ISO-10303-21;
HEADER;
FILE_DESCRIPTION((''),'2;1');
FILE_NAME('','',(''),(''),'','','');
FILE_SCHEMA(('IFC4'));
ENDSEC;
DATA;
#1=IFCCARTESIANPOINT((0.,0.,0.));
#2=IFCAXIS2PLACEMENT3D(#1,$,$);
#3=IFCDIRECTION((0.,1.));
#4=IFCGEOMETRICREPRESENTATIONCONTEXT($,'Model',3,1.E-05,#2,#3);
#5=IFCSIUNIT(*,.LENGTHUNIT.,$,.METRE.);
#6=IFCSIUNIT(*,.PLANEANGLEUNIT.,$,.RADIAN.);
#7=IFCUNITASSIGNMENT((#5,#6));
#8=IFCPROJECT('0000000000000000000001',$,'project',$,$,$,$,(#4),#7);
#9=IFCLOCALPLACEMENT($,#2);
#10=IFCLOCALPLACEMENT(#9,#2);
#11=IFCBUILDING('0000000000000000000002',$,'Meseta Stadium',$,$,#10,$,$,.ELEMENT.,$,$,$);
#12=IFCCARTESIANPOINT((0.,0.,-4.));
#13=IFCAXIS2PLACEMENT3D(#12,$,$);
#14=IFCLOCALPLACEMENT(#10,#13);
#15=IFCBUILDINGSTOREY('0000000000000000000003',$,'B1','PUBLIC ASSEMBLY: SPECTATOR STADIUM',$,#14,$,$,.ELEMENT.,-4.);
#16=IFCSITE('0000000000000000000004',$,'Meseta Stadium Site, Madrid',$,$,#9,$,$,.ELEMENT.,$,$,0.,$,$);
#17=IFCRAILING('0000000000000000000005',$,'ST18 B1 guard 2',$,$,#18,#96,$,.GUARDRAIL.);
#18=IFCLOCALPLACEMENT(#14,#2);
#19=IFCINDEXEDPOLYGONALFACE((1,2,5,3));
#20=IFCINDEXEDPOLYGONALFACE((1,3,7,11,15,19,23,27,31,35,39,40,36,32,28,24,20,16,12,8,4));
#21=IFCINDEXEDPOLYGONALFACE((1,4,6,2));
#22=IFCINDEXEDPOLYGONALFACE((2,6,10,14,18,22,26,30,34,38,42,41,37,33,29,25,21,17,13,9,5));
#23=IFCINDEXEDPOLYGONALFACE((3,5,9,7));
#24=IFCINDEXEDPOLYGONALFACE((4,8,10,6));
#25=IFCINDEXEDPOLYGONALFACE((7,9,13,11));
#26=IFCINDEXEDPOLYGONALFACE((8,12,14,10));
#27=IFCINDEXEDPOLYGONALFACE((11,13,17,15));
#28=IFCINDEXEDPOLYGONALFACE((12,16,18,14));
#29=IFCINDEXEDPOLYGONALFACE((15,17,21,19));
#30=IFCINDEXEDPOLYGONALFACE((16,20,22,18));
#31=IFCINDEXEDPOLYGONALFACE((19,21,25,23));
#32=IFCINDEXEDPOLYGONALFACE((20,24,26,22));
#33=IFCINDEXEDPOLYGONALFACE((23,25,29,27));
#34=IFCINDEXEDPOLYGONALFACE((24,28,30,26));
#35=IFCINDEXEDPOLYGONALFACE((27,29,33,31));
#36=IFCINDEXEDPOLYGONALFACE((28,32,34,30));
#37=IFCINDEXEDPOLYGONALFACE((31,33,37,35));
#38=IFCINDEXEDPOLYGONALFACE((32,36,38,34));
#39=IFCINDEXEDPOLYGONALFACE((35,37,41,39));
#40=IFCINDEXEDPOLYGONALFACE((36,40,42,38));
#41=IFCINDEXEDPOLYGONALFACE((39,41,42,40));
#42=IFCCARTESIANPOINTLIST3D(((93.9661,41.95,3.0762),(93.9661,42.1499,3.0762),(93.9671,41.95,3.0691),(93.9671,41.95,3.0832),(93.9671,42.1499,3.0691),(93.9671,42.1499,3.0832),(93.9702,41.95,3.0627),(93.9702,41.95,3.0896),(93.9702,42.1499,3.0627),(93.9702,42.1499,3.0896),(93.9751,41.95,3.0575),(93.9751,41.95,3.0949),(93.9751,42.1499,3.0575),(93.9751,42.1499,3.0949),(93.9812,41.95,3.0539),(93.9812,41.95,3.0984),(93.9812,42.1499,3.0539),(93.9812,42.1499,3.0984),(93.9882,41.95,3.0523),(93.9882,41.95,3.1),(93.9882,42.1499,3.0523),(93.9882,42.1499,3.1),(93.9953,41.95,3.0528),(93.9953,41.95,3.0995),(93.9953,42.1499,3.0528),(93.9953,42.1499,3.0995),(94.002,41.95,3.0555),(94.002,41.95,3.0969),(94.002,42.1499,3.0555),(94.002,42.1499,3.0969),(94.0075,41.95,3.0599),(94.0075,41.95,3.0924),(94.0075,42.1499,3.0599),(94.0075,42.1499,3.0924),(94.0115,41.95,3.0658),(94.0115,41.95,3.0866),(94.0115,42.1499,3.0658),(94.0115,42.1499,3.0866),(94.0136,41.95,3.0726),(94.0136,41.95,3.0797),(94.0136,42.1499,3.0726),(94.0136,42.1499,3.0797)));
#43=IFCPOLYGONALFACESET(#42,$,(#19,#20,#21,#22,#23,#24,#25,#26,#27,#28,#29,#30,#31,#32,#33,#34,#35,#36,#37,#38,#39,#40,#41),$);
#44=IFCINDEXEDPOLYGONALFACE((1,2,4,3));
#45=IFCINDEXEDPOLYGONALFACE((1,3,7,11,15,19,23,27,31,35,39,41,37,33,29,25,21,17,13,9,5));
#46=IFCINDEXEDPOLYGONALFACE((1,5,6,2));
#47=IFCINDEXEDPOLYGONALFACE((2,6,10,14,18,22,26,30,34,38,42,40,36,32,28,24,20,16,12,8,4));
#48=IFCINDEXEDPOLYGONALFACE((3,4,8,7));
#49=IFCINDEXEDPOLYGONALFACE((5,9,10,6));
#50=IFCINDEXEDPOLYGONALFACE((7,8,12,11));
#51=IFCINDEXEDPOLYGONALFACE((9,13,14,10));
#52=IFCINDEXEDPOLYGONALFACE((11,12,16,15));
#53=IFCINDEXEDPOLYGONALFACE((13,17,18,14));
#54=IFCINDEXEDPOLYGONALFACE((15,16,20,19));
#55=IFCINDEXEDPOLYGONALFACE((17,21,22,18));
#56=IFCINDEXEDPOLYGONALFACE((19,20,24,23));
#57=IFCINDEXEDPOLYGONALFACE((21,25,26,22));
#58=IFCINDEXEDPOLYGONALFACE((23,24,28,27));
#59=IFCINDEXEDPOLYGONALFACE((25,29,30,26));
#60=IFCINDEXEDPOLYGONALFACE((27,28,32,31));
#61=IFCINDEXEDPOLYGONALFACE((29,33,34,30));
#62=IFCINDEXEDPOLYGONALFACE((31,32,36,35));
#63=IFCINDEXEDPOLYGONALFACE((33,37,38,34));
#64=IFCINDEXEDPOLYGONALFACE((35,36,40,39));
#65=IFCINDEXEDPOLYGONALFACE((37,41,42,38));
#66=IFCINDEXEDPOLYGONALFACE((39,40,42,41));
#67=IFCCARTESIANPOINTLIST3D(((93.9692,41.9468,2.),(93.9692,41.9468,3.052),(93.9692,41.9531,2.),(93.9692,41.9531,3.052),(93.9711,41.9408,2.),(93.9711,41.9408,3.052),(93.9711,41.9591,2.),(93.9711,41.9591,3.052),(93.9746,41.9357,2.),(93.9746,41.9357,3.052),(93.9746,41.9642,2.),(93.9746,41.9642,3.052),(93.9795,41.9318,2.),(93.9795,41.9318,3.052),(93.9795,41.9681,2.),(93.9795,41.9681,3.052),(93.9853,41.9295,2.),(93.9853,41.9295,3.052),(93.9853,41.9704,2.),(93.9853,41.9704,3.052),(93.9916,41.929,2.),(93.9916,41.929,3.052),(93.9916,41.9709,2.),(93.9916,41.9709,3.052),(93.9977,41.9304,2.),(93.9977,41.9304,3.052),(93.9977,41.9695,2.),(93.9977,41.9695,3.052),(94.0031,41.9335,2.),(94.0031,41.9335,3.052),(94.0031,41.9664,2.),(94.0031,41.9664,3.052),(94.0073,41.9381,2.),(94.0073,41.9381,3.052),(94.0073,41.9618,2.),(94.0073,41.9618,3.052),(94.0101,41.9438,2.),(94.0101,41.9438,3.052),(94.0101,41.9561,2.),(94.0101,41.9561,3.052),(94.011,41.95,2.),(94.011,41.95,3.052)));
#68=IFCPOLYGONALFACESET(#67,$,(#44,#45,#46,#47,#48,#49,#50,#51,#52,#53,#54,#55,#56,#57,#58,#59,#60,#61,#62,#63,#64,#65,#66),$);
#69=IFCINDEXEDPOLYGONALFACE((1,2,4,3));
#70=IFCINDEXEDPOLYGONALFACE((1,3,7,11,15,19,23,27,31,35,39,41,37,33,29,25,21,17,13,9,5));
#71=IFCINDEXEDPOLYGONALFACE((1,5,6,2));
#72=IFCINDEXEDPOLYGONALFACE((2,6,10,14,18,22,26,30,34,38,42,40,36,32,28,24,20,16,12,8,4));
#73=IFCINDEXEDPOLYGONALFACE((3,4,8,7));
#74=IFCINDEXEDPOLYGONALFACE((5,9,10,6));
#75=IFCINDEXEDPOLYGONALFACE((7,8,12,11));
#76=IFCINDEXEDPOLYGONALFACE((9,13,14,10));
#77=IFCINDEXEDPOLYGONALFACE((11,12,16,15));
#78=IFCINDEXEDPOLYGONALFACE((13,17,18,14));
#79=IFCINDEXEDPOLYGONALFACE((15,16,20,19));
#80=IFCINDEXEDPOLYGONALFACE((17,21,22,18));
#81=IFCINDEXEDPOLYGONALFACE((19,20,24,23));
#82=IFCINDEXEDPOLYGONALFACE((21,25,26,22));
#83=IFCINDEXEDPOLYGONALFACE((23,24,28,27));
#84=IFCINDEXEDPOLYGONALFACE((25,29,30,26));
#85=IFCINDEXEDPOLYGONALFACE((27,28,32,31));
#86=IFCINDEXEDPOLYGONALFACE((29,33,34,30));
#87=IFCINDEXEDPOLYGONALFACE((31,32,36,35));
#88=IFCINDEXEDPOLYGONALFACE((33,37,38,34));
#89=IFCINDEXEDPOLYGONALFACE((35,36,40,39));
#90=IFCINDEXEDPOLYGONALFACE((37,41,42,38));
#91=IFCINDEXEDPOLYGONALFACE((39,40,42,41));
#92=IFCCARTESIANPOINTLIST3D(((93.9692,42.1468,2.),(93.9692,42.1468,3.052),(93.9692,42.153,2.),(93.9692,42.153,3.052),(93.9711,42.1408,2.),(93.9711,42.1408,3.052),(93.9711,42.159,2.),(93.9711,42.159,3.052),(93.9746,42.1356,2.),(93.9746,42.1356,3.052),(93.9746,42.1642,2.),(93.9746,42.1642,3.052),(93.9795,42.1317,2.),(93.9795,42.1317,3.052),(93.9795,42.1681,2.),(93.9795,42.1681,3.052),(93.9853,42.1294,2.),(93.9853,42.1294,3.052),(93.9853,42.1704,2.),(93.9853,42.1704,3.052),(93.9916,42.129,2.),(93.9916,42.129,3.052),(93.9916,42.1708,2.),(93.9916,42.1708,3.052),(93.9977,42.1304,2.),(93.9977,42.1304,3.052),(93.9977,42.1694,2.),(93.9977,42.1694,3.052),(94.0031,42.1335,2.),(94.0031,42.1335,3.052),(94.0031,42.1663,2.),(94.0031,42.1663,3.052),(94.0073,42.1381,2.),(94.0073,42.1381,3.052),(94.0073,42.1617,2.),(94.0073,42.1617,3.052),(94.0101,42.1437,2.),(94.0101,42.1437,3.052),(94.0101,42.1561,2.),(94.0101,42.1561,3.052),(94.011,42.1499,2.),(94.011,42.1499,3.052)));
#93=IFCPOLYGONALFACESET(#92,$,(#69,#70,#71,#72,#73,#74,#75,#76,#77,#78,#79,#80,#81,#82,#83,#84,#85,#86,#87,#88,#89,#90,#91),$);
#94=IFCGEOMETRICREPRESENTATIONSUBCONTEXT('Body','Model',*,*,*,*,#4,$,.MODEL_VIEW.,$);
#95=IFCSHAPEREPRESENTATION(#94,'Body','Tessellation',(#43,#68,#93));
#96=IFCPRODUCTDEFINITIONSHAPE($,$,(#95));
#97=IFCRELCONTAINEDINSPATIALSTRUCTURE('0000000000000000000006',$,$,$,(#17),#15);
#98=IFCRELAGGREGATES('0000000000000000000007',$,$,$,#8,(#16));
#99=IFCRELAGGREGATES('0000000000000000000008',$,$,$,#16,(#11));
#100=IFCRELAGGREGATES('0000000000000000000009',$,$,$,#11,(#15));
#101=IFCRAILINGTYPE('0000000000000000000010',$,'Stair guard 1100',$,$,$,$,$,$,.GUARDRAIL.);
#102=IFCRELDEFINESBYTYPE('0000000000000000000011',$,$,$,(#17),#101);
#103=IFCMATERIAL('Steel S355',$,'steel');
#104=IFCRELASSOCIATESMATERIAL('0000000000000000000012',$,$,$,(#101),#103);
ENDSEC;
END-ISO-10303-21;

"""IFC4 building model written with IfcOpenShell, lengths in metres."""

from ifc_helpers import new_model, si_unit, direction, frame, origin, origin_2d, place, context, subcontext, project, spatial, circle, extrude, material, type_object, element, save


model = new_model("IFC4")

# Units and contexts
model_context = context("Model", 3, precision=1e-05, world=origin(), true_north=direction((0.0, 1.0)))
body_context = subcontext(model_context, "Body", "Model", "MODEL_VIEW")
ifc_project = project(units=[si_unit("LENGTHUNIT", "METRE"), si_unit("PLANEANGLEUNIT", "RADIAN")], contexts=[model_context])

# Site, building, storey
site_placement = place(None, origin())
site = spatial("IfcSite", under=ifc_project, at=site_placement, Name="Meseta Stadium Site, Madrid", CompositionType="ELEMENT", RefElevation=0.0)
building_placement = place(site_placement, origin())
building = spatial("IfcBuilding", under=site, at=building_placement, Name="Meseta Stadium", CompositionType="ELEMENT")
storey_placement = place(building_placement, frame((0.0, 0.0, -4.0)))
storey = spatial("IfcBuildingStorey", under=building, at=storey_placement, Name="B1", Description="PUBLIC ASSEMBLY: SPECTATOR STADIUM", CompositionType="ELEMENT", Elevation=-4.0)

# Railing
ifc_material_1 = material(Name="Steel S355", Category="steel")
railing_type_1 = type_object("IfcRailingType", Name="Stair guard 1100", PredefinedType="GUARDRAIL", material=ifc_material_1)
for number, where, name in (
    (1, (93.99, 41.95, 2.0), "ST18 B1 guard 2"),
):
    element("IfcRailing", number, at=place(storey_placement, frame(where)), inside=storey, type_object=railing_type_1, Name=name, PredefinedType="GUARDRAIL", context=body_context, shape_type="SweptSolid", body=[
        extrude(circle(Radius=0.0239, at=origin_2d()), frame((0.0, 0.0, 1.0762), z_axis=(0.0, 1.0, 0.0), x_axis=(-1.0, 0.0, 0.0)), (0.0, 0.0, 1.0), 0.2),
        extrude(circle(Radius=0.021, at=origin_2d()), origin(), (0.0, 0.0, 1.0), 1.052),
        extrude(circle(Radius=0.021, at=origin_2d()), frame((0.0, 0.2, 0.0)), (0.0, 0.0, 1.0), 1.052),
    ])

save(model, "model.ifc")
